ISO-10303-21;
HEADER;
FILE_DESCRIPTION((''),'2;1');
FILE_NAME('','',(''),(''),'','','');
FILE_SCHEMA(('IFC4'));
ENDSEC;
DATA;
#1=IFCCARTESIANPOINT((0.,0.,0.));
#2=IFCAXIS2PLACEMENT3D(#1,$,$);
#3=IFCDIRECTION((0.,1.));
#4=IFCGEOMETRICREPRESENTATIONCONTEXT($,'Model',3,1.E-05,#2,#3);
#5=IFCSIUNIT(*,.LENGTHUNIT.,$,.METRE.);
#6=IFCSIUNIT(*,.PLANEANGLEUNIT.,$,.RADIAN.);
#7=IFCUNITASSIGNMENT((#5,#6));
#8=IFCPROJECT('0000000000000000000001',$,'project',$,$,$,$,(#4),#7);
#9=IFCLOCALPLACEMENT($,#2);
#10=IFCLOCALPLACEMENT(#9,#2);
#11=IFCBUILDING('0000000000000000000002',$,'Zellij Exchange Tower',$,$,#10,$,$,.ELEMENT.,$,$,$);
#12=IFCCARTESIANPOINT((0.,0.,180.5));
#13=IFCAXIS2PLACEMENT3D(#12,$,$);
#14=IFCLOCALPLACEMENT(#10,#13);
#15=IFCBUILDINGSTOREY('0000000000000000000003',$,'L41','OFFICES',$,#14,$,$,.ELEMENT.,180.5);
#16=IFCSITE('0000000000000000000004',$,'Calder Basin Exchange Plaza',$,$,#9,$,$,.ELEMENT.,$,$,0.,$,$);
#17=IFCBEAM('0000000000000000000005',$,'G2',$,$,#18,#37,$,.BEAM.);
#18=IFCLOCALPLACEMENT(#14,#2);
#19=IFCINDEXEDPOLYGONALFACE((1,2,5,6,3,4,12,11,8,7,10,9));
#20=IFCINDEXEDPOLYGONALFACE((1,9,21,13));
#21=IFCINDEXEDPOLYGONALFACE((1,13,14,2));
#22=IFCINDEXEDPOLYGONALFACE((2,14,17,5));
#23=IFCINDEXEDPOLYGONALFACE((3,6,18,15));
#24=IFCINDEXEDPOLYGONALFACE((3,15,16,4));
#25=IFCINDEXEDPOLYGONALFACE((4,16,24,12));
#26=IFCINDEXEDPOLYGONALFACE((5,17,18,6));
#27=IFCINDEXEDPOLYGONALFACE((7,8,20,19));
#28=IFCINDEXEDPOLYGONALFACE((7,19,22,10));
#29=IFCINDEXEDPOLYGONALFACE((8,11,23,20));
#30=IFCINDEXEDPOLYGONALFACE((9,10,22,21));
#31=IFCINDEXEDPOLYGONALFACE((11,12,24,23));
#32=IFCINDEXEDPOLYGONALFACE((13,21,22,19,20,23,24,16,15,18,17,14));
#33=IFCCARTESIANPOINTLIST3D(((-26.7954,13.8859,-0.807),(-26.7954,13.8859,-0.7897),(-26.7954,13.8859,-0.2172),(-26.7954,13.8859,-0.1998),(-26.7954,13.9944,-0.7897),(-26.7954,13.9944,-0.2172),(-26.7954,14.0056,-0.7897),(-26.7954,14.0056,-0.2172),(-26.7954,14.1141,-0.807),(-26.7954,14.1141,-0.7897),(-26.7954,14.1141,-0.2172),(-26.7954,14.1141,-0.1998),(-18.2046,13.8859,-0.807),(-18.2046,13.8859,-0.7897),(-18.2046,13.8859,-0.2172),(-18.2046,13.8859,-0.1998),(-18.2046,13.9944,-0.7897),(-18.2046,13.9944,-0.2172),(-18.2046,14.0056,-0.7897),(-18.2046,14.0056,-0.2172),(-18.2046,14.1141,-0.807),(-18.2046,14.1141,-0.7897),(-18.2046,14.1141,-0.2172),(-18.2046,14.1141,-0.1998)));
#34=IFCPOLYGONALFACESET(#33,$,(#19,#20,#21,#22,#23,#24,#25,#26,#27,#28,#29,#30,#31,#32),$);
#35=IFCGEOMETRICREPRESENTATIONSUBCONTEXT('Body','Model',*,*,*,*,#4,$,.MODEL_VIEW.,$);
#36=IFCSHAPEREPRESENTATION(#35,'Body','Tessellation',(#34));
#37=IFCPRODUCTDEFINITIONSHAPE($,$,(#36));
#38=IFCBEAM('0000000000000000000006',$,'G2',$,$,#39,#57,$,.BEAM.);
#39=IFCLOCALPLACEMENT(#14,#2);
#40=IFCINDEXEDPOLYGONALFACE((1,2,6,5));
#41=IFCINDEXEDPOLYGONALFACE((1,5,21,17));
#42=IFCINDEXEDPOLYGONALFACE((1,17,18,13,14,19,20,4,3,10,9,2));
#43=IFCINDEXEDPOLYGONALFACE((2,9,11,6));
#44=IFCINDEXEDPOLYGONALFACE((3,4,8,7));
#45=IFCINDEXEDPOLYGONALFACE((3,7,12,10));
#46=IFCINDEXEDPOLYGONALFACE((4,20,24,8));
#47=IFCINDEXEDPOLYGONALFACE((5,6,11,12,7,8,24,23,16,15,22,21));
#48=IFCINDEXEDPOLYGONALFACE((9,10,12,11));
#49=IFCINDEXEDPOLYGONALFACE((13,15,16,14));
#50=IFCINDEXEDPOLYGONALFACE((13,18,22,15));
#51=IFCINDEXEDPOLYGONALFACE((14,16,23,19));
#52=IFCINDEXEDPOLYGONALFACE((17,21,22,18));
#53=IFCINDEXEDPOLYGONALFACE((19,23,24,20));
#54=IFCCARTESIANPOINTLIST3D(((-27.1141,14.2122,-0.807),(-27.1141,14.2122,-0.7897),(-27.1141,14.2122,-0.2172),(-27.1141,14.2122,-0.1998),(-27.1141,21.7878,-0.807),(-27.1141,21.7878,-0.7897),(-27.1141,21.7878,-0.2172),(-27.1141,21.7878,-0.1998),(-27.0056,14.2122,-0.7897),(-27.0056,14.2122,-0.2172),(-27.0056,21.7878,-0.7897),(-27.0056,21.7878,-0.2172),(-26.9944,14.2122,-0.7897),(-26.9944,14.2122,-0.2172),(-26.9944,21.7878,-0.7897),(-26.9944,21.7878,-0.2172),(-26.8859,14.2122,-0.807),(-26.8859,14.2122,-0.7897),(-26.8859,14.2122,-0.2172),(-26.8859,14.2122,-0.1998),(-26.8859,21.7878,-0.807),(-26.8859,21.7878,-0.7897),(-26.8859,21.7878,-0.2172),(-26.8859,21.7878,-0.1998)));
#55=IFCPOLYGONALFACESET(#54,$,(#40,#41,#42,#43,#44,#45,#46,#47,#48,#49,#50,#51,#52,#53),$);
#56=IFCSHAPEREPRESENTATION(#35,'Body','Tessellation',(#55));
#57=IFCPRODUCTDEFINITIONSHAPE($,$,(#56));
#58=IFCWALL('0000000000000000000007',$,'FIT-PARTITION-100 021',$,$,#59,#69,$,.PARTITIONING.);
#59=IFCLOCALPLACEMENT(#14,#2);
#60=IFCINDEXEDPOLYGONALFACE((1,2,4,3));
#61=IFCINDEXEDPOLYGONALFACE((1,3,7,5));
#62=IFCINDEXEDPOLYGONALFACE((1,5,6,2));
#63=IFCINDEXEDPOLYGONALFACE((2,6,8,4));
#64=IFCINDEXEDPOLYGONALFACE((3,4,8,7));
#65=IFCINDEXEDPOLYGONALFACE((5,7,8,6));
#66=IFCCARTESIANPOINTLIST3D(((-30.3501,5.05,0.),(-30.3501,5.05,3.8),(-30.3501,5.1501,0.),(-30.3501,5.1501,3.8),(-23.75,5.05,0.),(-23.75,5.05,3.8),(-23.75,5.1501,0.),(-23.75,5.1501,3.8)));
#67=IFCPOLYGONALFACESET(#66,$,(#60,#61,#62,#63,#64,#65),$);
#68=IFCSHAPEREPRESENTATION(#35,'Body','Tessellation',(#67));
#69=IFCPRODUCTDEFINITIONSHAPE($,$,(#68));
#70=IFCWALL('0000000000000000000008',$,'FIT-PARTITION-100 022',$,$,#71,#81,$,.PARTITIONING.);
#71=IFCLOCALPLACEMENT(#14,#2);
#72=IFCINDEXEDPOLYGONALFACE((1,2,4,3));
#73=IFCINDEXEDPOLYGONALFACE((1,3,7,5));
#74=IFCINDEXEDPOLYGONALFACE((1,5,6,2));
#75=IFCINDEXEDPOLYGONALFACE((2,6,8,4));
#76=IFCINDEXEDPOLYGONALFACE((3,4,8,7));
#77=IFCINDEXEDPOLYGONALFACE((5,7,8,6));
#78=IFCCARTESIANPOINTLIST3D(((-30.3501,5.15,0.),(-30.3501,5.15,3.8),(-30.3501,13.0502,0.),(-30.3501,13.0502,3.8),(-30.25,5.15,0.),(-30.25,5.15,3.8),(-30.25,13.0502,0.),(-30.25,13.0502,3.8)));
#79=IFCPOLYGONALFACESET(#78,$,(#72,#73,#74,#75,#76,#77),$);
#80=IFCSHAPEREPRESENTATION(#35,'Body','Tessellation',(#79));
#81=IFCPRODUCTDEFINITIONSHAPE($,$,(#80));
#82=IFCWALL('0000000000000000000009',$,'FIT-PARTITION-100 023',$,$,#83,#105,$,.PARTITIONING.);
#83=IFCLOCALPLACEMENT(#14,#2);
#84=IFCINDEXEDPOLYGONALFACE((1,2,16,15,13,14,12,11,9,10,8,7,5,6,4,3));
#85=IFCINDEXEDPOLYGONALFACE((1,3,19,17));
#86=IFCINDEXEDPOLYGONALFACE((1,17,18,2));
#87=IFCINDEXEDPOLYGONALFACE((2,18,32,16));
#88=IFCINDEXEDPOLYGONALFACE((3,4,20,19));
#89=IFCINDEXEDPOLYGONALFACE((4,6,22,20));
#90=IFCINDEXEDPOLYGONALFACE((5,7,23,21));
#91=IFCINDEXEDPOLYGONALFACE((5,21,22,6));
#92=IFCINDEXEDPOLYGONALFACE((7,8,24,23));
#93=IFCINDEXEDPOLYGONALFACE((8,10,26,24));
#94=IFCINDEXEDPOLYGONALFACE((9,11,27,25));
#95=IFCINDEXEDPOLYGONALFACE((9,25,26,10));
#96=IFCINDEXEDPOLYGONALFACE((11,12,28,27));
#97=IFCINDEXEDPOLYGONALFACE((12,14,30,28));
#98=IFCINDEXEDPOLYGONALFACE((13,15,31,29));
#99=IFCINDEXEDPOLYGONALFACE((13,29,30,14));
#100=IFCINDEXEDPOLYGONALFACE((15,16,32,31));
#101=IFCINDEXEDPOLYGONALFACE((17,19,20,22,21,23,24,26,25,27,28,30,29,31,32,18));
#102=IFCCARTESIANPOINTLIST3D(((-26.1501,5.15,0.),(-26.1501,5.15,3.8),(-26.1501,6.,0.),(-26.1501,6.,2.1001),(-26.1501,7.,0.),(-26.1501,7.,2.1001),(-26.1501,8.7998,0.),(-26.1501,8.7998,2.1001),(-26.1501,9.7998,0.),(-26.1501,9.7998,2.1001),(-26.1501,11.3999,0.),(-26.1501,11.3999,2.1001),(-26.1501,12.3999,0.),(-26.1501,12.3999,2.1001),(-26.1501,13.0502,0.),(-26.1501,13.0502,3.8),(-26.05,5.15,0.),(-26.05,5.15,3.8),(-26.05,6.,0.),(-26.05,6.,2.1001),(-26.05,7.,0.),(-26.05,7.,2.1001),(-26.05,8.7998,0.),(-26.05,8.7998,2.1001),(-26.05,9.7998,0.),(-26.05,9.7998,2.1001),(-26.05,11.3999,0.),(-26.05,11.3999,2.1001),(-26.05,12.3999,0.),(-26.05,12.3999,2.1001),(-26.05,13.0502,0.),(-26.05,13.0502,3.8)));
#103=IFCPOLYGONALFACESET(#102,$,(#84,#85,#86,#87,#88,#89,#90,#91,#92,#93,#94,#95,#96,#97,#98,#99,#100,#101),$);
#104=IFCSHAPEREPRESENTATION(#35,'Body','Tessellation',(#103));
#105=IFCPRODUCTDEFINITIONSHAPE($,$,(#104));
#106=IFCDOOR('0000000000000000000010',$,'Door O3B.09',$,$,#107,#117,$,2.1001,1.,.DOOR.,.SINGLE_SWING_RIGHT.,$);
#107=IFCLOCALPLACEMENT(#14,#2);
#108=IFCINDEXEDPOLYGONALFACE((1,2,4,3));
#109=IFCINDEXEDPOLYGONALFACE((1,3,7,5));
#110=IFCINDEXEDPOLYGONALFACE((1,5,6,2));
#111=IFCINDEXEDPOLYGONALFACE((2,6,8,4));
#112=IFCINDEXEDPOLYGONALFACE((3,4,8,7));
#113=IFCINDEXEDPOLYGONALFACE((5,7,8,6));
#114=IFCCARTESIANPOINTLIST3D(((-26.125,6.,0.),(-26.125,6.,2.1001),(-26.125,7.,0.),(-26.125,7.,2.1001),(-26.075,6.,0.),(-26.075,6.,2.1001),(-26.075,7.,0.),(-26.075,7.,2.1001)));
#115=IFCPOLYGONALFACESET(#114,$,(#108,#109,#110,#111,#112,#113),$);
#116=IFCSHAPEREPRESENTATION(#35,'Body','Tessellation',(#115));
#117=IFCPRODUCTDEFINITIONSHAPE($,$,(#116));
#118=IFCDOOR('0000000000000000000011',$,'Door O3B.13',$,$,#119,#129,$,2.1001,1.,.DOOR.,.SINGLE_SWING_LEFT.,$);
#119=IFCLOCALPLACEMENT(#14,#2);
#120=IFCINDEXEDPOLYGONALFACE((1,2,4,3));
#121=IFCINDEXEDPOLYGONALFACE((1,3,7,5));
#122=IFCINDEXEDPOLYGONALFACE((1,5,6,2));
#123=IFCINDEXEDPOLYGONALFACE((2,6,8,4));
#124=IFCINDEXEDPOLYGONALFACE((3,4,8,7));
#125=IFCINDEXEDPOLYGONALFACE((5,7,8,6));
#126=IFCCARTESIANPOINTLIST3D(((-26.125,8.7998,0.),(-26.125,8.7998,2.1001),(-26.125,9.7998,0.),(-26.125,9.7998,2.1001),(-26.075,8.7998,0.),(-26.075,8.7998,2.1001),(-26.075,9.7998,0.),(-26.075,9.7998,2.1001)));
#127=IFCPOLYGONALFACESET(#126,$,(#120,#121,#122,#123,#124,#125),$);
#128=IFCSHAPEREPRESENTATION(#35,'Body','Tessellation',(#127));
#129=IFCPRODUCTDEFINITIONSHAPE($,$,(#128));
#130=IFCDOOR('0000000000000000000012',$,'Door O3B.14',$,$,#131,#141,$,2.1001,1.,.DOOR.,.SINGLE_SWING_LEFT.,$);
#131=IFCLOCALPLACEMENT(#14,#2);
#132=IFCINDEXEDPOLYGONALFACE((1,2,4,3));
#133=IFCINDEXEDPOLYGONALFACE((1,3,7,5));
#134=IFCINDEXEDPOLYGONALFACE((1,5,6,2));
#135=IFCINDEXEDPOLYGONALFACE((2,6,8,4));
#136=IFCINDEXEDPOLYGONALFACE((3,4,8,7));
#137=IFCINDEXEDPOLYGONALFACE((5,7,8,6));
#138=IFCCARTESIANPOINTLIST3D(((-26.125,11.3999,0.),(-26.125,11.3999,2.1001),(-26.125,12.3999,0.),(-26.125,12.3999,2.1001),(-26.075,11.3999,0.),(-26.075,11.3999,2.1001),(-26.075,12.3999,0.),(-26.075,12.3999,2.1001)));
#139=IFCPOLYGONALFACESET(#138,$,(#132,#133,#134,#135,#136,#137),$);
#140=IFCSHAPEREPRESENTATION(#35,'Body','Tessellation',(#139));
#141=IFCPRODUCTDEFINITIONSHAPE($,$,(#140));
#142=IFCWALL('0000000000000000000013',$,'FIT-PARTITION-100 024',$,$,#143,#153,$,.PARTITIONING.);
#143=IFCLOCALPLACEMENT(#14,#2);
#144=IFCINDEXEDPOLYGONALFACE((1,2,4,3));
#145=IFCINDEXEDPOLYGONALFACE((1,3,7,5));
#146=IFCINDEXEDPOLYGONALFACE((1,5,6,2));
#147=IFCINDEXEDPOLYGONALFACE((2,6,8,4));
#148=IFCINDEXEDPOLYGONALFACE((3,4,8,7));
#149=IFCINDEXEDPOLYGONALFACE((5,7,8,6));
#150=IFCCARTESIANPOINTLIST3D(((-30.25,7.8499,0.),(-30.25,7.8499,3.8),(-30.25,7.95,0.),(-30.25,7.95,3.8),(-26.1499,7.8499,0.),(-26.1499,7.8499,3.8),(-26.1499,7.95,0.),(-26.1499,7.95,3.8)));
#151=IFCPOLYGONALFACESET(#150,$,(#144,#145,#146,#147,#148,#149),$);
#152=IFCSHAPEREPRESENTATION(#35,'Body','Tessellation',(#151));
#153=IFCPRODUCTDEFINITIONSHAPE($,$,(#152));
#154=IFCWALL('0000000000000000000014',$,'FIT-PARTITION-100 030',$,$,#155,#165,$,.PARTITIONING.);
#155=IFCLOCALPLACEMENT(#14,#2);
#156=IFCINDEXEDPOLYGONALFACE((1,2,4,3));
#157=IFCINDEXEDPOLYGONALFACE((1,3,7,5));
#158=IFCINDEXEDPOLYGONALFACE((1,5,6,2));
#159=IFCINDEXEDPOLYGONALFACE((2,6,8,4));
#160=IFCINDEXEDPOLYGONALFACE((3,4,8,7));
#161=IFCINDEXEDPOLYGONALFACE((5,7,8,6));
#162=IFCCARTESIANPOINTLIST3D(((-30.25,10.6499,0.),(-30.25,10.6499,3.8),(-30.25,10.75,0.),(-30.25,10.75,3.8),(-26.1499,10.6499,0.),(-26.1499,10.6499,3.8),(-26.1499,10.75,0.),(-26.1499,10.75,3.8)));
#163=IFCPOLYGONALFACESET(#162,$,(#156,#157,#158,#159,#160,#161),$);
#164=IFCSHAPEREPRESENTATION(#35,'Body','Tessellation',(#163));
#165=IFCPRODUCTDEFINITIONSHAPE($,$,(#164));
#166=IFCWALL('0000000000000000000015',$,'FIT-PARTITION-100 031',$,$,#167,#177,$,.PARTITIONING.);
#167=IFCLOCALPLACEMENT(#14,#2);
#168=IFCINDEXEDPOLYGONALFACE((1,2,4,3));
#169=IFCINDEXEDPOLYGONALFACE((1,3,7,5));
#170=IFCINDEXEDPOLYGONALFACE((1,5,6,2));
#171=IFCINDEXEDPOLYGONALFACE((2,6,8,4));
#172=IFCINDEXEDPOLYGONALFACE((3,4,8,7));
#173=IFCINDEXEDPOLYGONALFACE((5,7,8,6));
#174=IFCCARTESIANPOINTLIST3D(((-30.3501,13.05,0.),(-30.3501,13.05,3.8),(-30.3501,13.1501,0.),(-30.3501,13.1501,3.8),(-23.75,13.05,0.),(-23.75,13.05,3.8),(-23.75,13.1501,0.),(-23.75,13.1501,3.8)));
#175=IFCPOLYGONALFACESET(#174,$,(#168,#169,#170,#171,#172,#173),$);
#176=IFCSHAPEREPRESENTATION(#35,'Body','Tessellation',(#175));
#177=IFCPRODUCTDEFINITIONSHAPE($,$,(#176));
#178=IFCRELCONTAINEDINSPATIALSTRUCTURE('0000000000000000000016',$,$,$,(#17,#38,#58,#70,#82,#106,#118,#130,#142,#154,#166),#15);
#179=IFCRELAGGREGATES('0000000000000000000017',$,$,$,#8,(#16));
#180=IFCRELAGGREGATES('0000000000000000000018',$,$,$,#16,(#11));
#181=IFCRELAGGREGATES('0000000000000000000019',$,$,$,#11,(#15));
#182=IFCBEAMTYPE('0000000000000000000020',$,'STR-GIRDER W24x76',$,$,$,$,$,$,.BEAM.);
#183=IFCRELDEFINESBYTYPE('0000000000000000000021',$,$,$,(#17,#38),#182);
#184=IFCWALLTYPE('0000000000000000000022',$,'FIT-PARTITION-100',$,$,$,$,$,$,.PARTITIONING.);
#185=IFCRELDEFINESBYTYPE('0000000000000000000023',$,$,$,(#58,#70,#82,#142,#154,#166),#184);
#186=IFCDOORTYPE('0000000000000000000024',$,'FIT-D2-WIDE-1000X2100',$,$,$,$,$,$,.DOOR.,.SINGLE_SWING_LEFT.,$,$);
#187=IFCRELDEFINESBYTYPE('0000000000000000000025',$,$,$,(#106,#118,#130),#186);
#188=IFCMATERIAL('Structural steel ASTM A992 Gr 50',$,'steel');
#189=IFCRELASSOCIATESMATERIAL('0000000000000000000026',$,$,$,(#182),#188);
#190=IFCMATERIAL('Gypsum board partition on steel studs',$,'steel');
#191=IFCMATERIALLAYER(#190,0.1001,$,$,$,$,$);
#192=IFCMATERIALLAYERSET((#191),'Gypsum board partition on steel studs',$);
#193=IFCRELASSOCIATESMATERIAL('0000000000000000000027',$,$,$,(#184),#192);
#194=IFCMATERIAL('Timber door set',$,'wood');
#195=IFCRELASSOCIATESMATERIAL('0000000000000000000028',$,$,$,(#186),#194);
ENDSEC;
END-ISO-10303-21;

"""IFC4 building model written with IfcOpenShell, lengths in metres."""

from ifc_helpers import new_model, si_unit, direction, frame, frame_2d, origin, origin_2d, place, context, subcontext, project, spatial, rectangle, i_section, extrude, material, layer, layer_set, material_profile, profile_set, type_object, element, fill, save


model = new_model("IFC4")

# Units and contexts
model_context = context("Model", 3, precision=1e-05, world=origin(), true_north=direction((0.0, 1.0)))
body_context = subcontext(model_context, "Body", "Model", "MODEL_VIEW")
ifc_project = project(units=[si_unit("LENGTHUNIT", "METRE"), si_unit("PLANEANGLEUNIT", "RADIAN")], contexts=[model_context])

# Site, building, storey
site_placement = place(None, origin())
site = spatial("IfcSite", under=ifc_project, at=site_placement, Name="Calder Basin Exchange Plaza", CompositionType="ELEMENT", RefElevation=0.0)
building_placement = place(site_placement, origin())
building = spatial("IfcBuilding", under=site, at=building_placement, Name="Zellij Exchange Tower", CompositionType="ELEMENT")
storey_placement = place(building_placement, frame((0.0, 0.0, 180.5)))
storey = spatial("IfcBuildingStorey", under=building, at=storey_placement, Name="L41", Description="OFFICES", CompositionType="ELEMENT", Elevation=180.5)

# Beams
ifc_material_1 = material(Name="Structural steel ASTM A992 Gr 50", Category="steel")
ifc_material_profile_1 = material_profile(ifc_material_1, i_section(OverallWidth=0.2283, OverallDepth=0.6072, WebThickness=0.0112, FlangeThickness=0.0173, at=origin_2d()), Name="W24x76")
ifc_profile_set_1 = profile_set([ifc_material_profile_1], Name="Structural steel ASTM A992 Gr 50")
beam_type_1 = type_object("IfcBeamType", Name="STR-GIRDER W24x76", PredefinedType="BEAM", material=ifc_profile_set_1)
beam_1_placement = place(storey_placement, frame((-26.7954, 14.0, -0.5034), z_axis=(1.0, 0.0, 0.0), x_axis=(0.0, 1.0, 0.0)))
element("IfcBeam", 1, at=beam_1_placement, inside=storey, type_object=beam_type_1, Name="G2", PredefinedType="BEAM", context=body_context, shape_type="SweptSolid", body=[
    extrude(i_section(OverallWidth=0.2283, OverallDepth=0.6072, WebThickness=0.0112, FlangeThickness=0.0173, at=origin_2d()), origin(), (0.0, 0.0, 1.0), 8.5908),
])
beam_2_placement = place(storey_placement, frame((-27.0, 14.2122, -0.5034), z_axis=(0.0, 1.0, 0.0), x_axis=(-1.0, 0.0, 0.0)))
element("IfcBeam", 2, at=beam_2_placement, inside=storey, type_object=beam_type_1, Name="G2", PredefinedType="BEAM", context=body_context, shape_type="SweptSolid", body=[
    extrude(i_section(OverallWidth=0.2283, OverallDepth=0.6072, WebThickness=0.0112, FlangeThickness=0.0173, at=origin_2d()), origin(), (0.0, 0.0, 1.0), 7.5757),
])

# Walls
ifc_material_2 = material(Name="Gypsum board partition on steel studs", Category="steel")
ifc_layer_1 = layer(ifc_material_2, 0.1001)
ifc_layer_set_1 = layer_set([ifc_layer_1], Name="Gypsum board partition on steel studs")
wall_type = type_object("IfcWallType", Name="FIT-PARTITION-100", PredefinedType="PARTITIONING", material=ifc_layer_set_1)
wall_1_placement = place(storey_placement, frame((-30.3501, 5.1001, 0.0), z_axis=(0.0, 0.0, 1.0), x_axis=(1.0, 0.0, 0.0)))
element("IfcWall", 3, at=wall_1_placement, inside=storey, type_object=wall_type, Name="FIT-PARTITION-100 021", PredefinedType="PARTITIONING", context=body_context, shape_type="SweptSolid", body=[
    extrude(rectangle(XDim=6.6001, YDim=0.1001, at=frame_2d((3.3, 0.0))), origin(), (0.0, 0.0, 1.0), 3.8),
])
wall_2_placement = place(storey_placement, frame((-30.3, 5.1499, 0.0), z_axis=(0.0, 0.0, 1.0), x_axis=(0.0, 1.0, 0.0)))
element("IfcWall", 4, at=wall_2_placement, inside=storey, type_object=wall_type, Name="FIT-PARTITION-100 022", PredefinedType="PARTITIONING", context=body_context, shape_type="SweptSolid", body=[
    extrude(rectangle(XDim=7.9001, YDim=0.1001, at=frame_2d((3.9502, 0.0))), origin(), (0.0, 0.0, 1.0), 3.8),
])

# Wall, openings, doors
wall_3_placement = place(storey_placement, frame((-26.1001, 5.1499, 0.0), z_axis=(0.0, 0.0, 1.0), x_axis=(0.0, 1.0, 0.0)))
wall_3 = element("IfcWall", 5, at=wall_3_placement, inside=storey, type_object=wall_type, Name="FIT-PARTITION-100 023", PredefinedType="PARTITIONING", context=body_context, shape_type="SweptSolid", body=[
    extrude(rectangle(XDim=7.9001, YDim=0.1001, at=frame_2d((3.9502, 0.0))), origin(), (0.0, 0.0, 1.0), 3.8),
])
opening_1_placement = place(wall_3_placement, frame((0.8501, 0.0, 0.0)))
opening_1 = element("IfcOpeningElement", 6, at=opening_1_placement, cuts=wall_3, PredefinedType="OPENING", context=body_context, shape_type="SweptSolid", body=[
    extrude(rectangle(XDim=1.0, YDim=2.1001, at=frame_2d((0.5, 1.05))), frame((0.0, 0.062, 0.0), z_axis=(0.0, -1.0, 0.0), x_axis=(1.0, 0.0, 0.0)), (0.0, 0.0, 1.0), 0.124),
])
opening_2_placement = place(wall_3_placement, frame((3.6499, 0.0, 0.0)))
opening_2 = element("IfcOpeningElement", 7, at=opening_2_placement, cuts=wall_3, PredefinedType="OPENING", context=body_context, shape_type="SweptSolid", body=[
    extrude(rectangle(XDim=1.0, YDim=2.1001, at=frame_2d((0.5, 1.05))), frame((0.0, 0.062, 0.0), z_axis=(0.0, -1.0, 0.0), x_axis=(1.0, 0.0, 0.0)), (0.0, 0.0, 1.0), 0.124),
])
opening_3_placement = place(wall_3_placement, frame((6.25, 0.0, 0.0)))
opening_3 = element("IfcOpeningElement", 8, at=opening_3_placement, cuts=wall_3, PredefinedType="OPENING", context=body_context, shape_type="SweptSolid", body=[
    extrude(rectangle(XDim=1.0, YDim=2.1001, at=frame_2d((0.5, 1.05))), frame((0.0, 0.062, 0.0), z_axis=(0.0, -1.0, 0.0), x_axis=(1.0, 0.0, 0.0)), (0.0, 0.0, 1.0), 0.124),
])
ifc_material_3 = material(Name="Timber door set", Category="wood")
door_type = type_object("IfcDoorType", Name="FIT-D2-WIDE-1000X2100", OperationType="SINGLE_SWING_LEFT", PredefinedType="DOOR", material=ifc_material_3)
door_1_placement = place(opening_1_placement, origin())
door_1 = element("IfcDoor", 9, at=door_1_placement, inside=storey, type_object=door_type, Name="Door O3B.09", OperationType="SINGLE_SWING_RIGHT", OverallHeight=2.1001, OverallWidth=1.0, PredefinedType="DOOR", context=body_context, shape_type="SweptSolid", body=[
    extrude(rectangle(XDim=1.0, YDim=2.1001, at=frame_2d((0.5, 1.05))), frame((0.0, 0.0249, 0.0), z_axis=(0.0, -1.0, 0.0), x_axis=(1.0, 0.0, 0.0)), (0.0, 0.0, 1.0), 0.05),
])
fill(opening_1, door_1)
door_2_placement = place(opening_2_placement, origin())
door_2 = element("IfcDoor", 10, at=door_2_placement, inside=storey, type_object=door_type, Name="Door O3B.13", OperationType="SINGLE_SWING_LEFT", OverallHeight=2.1001, OverallWidth=1.0, PredefinedType="DOOR", context=body_context, shape_type="SweptSolid", body=[
    extrude(rectangle(XDim=1.0, YDim=2.1001, at=frame_2d((0.5, 1.05))), frame((0.0, 0.0249, 0.0), z_axis=(0.0, -1.0, 0.0), x_axis=(1.0, 0.0, 0.0)), (0.0, 0.0, 1.0), 0.05),
])
fill(opening_2, door_2)
door_3_placement = place(opening_3_placement, origin())
door_3 = element("IfcDoor", 11, at=door_3_placement, inside=storey, type_object=door_type, Name="Door O3B.14", OperationType="SINGLE_SWING_LEFT", OverallHeight=2.1001, OverallWidth=1.0, PredefinedType="DOOR", context=body_context, shape_type="SweptSolid", body=[
    extrude(rectangle(XDim=1.0, YDim=2.1001, at=frame_2d((0.5, 1.05))), frame((0.0, 0.0249, 0.0), z_axis=(0.0, -1.0, 0.0), x_axis=(1.0, 0.0, 0.0)), (0.0, 0.0, 1.0), 0.05),
])
fill(opening_3, door_3)

# Walls
for number, where, z_axis, x_axis, name in (
    (12, (-30.25, 7.8999, 0.0), (0.0, 0.0, 1.0), (1.0, 0.0, 0.0), "FIT-PARTITION-100 024"),
    (13, (-30.25, 10.7, 0.0), (0.0, 0.0, 1.0), (1.0, 0.0, 0.0), "FIT-PARTITION-100 030"),
):
    element("IfcWall", number, at=place(storey_placement, frame(where, z_axis=z_axis, x_axis=x_axis)), inside=storey, type_object=wall_type, Name=name, PredefinedType="PARTITIONING", context=body_context, shape_type="SweptSolid", body=[
        extrude(rectangle(XDim=4.1001, YDim=0.1001, at=frame_2d((2.05, 0.0))), origin(), (0.0, 0.0, 1.0), 3.8),
    ])
wall_4_placement = place(storey_placement, frame((-30.3501, 13.1001, 0.0), z_axis=(0.0, 0.0, 1.0), x_axis=(1.0, 0.0, 0.0)))
element("IfcWall", 14, at=wall_4_placement, inside=storey, type_object=wall_type, Name="FIT-PARTITION-100 031", PredefinedType="PARTITIONING", context=body_context, shape_type="SweptSolid", body=[
    extrude(rectangle(XDim=6.6001, YDim=0.1001, at=frame_2d((3.3, 0.0))), origin(), (0.0, 0.0, 1.0), 3.8),
])

save(model, "model.ifc")
